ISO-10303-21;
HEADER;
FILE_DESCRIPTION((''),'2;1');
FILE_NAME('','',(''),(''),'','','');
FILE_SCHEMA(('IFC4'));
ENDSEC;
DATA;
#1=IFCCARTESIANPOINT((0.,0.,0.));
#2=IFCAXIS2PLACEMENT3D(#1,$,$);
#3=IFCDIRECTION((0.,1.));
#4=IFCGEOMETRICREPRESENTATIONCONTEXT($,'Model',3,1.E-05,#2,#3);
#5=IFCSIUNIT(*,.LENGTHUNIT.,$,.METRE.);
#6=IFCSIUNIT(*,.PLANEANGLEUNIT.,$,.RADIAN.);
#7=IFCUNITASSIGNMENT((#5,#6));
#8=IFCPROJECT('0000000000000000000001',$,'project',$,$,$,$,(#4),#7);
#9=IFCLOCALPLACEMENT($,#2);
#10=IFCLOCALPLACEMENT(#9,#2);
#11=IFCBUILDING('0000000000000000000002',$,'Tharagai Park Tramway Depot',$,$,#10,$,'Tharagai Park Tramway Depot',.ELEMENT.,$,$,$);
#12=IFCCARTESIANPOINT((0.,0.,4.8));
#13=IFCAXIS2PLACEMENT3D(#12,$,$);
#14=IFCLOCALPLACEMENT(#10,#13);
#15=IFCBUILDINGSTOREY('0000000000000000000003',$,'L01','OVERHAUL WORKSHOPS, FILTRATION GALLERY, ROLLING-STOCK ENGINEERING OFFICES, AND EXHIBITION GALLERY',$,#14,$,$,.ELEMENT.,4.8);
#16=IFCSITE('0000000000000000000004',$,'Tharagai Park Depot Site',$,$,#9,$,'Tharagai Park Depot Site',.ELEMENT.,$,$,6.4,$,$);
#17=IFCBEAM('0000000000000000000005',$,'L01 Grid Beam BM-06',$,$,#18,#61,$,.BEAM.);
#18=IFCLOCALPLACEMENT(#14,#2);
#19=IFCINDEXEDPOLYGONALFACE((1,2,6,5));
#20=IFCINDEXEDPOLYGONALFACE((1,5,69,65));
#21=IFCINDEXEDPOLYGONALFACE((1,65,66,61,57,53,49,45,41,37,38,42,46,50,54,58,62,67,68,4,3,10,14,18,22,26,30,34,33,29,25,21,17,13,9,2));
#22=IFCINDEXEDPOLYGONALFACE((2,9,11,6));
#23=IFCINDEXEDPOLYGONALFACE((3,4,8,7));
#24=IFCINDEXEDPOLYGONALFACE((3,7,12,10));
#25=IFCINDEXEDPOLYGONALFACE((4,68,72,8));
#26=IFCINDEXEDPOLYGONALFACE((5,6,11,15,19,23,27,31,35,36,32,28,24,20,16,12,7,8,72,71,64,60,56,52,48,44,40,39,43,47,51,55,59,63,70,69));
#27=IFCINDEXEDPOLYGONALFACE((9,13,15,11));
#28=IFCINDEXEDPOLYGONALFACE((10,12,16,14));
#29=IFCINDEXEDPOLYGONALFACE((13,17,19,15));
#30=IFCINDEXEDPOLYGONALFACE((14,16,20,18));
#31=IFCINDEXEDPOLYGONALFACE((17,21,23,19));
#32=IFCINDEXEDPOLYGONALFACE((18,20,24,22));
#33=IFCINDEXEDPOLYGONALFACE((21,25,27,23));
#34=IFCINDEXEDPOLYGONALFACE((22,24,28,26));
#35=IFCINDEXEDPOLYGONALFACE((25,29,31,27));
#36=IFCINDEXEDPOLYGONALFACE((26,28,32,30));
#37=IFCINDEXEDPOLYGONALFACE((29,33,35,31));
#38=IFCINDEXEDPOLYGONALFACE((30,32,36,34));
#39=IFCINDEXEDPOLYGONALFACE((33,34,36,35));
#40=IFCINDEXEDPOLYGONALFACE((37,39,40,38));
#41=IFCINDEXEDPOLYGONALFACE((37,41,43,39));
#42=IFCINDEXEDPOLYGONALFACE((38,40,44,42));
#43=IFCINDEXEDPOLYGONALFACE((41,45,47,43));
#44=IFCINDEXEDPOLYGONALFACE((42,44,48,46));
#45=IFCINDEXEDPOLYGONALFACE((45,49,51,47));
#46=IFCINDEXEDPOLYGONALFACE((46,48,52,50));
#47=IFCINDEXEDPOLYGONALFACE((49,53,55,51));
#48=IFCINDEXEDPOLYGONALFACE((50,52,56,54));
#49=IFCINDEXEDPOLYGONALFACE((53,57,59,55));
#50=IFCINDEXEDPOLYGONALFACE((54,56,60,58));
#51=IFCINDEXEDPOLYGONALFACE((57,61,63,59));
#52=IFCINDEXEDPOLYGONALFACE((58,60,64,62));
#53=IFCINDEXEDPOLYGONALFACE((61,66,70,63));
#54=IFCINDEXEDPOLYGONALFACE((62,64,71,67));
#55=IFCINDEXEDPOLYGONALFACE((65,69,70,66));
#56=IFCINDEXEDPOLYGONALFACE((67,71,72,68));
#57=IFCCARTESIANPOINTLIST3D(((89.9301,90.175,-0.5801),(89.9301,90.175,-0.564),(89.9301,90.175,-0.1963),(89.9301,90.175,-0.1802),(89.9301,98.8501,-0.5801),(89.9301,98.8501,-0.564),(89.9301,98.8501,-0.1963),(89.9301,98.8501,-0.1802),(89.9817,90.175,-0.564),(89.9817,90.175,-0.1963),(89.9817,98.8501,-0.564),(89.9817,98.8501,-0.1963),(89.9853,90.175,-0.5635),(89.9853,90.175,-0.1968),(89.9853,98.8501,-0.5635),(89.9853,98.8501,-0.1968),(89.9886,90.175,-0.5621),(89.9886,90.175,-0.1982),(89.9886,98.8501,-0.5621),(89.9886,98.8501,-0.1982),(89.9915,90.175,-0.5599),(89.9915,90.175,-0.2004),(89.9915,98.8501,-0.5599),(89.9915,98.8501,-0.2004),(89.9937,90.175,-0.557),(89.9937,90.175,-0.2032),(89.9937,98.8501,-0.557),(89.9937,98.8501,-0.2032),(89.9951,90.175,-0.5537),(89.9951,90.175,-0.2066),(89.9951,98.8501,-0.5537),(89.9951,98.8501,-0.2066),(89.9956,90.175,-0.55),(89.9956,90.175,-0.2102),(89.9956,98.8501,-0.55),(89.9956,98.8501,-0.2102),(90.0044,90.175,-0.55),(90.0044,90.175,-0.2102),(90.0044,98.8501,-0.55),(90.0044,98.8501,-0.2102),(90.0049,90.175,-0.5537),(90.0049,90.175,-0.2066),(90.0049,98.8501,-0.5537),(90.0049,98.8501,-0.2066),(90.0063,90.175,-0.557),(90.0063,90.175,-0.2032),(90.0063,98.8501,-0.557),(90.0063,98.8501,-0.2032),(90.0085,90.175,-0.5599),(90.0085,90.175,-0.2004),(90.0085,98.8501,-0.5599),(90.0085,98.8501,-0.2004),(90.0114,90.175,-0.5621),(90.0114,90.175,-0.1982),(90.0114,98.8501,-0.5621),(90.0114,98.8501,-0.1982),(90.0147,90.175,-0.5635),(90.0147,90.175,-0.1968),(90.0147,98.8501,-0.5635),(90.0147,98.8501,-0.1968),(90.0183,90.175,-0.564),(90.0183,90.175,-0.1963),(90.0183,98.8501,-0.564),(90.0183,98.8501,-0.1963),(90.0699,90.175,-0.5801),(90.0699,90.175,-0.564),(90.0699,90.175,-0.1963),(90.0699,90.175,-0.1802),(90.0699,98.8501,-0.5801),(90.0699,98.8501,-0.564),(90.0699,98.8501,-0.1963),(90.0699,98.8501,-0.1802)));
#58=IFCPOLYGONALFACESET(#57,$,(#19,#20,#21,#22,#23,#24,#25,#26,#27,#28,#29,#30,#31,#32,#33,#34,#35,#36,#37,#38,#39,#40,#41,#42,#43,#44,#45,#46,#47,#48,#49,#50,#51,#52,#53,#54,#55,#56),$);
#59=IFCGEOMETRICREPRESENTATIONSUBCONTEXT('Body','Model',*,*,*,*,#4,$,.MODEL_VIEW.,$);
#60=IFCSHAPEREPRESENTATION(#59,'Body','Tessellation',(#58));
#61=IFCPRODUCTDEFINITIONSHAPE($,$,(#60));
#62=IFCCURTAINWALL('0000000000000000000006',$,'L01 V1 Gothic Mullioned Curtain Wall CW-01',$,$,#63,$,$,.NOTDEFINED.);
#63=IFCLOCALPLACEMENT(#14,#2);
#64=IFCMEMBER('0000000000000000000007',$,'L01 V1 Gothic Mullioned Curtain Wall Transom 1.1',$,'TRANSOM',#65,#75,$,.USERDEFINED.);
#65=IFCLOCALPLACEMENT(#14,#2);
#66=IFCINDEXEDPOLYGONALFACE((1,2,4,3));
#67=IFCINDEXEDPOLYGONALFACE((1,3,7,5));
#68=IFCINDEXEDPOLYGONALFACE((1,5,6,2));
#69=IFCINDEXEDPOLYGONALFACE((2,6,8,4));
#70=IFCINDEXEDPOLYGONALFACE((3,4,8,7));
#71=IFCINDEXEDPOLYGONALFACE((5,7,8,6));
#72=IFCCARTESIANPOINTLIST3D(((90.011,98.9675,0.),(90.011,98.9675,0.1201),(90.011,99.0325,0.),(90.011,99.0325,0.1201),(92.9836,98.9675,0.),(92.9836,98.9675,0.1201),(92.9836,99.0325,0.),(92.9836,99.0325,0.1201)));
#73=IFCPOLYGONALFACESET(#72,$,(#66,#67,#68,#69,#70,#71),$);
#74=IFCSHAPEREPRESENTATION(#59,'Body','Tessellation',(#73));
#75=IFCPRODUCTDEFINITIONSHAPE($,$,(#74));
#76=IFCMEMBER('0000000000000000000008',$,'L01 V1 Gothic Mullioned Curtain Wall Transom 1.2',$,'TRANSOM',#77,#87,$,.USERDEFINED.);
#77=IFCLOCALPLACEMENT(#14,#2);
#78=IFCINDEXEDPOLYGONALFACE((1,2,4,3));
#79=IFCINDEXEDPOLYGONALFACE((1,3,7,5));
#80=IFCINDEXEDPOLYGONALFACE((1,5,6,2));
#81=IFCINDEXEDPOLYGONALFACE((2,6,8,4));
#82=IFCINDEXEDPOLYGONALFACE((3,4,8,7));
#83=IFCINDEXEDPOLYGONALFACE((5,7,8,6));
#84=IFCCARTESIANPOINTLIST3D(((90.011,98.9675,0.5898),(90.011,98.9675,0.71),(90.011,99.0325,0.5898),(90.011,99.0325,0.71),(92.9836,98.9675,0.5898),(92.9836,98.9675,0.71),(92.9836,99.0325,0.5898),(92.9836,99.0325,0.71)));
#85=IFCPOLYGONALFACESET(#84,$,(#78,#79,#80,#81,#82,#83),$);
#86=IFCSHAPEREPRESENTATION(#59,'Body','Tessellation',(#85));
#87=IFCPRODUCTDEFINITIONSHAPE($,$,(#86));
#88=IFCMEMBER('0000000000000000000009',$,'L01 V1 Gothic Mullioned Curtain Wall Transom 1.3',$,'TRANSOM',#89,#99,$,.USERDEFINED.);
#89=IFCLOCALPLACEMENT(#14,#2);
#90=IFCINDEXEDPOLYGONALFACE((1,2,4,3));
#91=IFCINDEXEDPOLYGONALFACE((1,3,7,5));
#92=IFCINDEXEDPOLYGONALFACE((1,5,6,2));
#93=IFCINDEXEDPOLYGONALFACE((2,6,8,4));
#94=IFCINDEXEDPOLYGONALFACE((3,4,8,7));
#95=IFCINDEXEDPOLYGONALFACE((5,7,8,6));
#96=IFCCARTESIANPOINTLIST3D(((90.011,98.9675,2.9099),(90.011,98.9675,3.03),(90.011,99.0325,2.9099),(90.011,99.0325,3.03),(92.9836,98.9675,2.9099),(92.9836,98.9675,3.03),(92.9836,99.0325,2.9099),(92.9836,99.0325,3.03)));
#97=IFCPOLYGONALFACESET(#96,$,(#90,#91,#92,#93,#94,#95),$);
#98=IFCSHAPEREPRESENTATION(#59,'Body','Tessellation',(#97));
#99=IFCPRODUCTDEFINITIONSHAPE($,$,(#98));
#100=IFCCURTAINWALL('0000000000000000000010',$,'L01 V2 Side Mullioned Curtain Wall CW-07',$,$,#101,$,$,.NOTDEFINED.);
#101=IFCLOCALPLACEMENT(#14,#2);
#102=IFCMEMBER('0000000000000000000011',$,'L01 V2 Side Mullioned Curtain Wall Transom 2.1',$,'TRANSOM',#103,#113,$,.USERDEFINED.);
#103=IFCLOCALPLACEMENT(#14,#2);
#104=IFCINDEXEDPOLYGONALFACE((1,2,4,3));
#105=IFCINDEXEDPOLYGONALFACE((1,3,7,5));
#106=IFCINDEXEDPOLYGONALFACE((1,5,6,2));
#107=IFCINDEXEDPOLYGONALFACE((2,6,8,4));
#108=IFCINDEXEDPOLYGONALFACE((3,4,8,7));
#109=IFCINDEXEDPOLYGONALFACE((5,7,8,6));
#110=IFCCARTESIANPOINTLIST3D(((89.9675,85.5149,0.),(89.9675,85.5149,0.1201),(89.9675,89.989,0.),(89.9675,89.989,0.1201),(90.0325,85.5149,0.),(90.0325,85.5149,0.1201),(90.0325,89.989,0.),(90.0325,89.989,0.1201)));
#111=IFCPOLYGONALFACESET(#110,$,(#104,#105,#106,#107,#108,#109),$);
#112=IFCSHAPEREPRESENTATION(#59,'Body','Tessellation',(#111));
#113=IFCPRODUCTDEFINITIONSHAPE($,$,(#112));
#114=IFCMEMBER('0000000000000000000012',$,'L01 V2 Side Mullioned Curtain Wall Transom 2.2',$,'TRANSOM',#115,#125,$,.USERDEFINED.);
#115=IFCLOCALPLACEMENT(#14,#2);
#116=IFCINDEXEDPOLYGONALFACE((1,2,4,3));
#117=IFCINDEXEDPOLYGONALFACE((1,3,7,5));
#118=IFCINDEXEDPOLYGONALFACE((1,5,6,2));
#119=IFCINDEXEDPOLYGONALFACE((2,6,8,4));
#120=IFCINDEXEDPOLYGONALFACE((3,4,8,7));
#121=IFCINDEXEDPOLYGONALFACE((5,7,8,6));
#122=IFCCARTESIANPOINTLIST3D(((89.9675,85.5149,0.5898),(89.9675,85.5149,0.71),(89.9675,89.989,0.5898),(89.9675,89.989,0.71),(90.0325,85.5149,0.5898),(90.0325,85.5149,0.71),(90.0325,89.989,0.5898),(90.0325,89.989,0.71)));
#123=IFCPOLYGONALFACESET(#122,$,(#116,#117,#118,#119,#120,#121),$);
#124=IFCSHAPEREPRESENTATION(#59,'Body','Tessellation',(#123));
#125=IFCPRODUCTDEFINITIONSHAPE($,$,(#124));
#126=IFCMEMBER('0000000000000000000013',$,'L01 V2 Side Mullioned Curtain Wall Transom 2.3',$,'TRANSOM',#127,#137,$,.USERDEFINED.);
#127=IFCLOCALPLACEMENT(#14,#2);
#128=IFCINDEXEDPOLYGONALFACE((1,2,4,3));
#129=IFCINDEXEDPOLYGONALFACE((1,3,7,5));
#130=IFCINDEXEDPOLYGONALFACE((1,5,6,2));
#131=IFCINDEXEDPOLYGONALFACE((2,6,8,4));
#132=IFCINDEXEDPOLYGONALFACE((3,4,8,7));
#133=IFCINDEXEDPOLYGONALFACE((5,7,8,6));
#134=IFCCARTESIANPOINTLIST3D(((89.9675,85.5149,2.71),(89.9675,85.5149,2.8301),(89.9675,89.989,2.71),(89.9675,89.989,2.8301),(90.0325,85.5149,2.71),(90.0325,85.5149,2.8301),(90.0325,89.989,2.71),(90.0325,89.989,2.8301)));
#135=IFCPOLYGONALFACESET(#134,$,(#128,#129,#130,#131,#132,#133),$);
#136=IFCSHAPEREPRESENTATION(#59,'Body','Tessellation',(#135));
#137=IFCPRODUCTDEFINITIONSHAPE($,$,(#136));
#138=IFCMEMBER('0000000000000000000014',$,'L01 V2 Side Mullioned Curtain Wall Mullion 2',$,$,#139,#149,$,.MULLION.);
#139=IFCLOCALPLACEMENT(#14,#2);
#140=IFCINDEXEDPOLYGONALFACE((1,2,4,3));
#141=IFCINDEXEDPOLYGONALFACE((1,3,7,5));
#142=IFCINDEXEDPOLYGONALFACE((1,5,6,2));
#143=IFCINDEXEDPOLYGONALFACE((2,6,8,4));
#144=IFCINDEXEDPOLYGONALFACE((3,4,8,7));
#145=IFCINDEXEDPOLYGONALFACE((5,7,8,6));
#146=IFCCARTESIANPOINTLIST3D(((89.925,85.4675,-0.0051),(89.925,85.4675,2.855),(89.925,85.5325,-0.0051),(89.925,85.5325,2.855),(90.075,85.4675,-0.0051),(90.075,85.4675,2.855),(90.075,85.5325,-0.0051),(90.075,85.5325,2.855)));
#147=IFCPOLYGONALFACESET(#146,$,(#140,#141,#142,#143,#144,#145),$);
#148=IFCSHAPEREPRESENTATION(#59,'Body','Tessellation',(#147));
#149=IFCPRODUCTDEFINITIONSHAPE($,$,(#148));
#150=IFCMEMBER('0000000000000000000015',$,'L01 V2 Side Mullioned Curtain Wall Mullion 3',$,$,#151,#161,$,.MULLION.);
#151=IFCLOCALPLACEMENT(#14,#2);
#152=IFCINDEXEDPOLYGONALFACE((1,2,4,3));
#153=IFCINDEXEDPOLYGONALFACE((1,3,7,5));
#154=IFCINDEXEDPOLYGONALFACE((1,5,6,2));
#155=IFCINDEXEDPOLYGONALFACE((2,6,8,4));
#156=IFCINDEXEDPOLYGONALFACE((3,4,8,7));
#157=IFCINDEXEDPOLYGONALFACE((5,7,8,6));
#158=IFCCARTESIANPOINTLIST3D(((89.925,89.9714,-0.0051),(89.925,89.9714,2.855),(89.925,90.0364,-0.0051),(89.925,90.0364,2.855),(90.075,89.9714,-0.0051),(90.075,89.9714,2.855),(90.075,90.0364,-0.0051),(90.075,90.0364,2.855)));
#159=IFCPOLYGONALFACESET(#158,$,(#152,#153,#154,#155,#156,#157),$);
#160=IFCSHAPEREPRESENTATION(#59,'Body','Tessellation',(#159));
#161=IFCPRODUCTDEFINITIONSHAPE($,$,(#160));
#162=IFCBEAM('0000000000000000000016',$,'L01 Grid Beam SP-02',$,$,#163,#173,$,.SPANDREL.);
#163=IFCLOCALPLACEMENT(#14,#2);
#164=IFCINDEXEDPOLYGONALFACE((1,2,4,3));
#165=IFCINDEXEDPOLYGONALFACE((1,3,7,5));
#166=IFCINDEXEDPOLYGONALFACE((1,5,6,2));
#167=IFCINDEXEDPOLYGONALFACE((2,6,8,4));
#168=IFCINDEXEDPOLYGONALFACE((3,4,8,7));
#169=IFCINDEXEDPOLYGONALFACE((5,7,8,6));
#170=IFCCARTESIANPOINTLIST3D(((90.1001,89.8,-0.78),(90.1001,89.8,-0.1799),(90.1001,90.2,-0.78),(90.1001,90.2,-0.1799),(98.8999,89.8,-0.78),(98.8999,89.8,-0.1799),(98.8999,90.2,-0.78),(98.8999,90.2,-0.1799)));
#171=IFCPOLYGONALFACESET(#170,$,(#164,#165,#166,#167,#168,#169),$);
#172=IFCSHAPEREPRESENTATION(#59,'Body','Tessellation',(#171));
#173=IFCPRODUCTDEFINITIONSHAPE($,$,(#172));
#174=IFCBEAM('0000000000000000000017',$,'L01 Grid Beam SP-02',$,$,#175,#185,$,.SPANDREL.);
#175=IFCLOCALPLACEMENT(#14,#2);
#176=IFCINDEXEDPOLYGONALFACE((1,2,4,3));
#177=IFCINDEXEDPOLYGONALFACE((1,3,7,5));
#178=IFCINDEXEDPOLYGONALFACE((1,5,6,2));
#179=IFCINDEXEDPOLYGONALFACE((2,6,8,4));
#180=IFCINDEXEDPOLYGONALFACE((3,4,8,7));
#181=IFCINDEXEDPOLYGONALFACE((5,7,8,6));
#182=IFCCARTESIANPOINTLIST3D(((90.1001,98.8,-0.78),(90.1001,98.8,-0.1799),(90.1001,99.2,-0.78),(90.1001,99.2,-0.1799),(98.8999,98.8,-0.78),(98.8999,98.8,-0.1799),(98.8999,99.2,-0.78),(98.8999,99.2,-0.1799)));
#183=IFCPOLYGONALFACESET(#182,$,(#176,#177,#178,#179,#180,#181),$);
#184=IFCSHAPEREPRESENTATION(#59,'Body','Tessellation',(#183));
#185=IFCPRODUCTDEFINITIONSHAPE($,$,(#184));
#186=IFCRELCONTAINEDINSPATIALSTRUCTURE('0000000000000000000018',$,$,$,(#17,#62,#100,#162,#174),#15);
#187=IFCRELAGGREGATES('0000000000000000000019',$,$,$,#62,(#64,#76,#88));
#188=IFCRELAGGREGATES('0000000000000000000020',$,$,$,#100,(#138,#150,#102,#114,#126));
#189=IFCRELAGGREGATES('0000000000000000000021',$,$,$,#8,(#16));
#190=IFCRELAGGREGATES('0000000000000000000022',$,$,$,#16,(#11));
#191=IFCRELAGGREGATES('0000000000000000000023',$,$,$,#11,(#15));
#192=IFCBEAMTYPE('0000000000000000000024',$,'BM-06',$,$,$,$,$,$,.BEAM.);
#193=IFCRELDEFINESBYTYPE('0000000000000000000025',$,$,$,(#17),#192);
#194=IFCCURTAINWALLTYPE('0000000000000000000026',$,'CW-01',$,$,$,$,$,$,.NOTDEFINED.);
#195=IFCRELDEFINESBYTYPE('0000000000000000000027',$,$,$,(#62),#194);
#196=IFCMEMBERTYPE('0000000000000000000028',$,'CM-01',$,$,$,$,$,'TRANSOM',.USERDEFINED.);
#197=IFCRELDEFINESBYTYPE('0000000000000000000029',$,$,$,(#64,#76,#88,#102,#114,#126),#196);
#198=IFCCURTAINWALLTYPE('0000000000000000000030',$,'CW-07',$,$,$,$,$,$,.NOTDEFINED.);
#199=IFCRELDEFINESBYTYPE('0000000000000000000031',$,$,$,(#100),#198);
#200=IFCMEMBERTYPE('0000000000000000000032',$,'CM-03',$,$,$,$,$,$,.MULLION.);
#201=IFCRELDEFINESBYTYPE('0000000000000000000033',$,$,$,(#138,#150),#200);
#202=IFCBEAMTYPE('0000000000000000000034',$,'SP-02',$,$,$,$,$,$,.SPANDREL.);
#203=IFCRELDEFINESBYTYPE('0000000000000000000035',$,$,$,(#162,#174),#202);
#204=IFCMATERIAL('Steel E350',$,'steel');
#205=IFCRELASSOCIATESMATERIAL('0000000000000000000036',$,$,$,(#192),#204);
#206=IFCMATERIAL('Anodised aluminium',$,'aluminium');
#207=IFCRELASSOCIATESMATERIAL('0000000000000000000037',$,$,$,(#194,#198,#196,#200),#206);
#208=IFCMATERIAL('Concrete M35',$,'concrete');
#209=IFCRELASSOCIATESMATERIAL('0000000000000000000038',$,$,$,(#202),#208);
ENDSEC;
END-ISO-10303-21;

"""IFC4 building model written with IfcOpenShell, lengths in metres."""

from ifc_helpers import new_model, si_unit, direction, frame, origin, origin_2d, place, context, subcontext, project, spatial, rectangle, i_section, extrude, material, material_profile, profile_set, type_object, element, aggregate, save


model = new_model("IFC4")

# Units and contexts
model_context = context("Model", 3, precision=1e-05, world=origin(), true_north=direction((0.0, 1.0)))
body_context = subcontext(model_context, "Body", "Model", "MODEL_VIEW")
ifc_project = project(units=[si_unit("LENGTHUNIT", "METRE"), si_unit("PLANEANGLEUNIT", "RADIAN")], contexts=[model_context])

# Site, building, storey
site_placement = place(None, origin())
site = spatial("IfcSite", under=ifc_project, at=site_placement, Name="Tharagai Park Depot Site", LongName="Tharagai Park Depot Site", CompositionType="ELEMENT", RefElevation=6.4)
building_placement = place(site_placement, origin())
building = spatial("IfcBuilding", under=site, at=building_placement, Name="Tharagai Park Tramway Depot", LongName="Tharagai Park Tramway Depot", CompositionType="ELEMENT")
storey_placement = place(building_placement, frame((0.0, 0.0, 4.8)))
storey = spatial("IfcBuildingStorey", under=building, at=storey_placement, Name="L01", Description="OVERHAUL WORKSHOPS, FILTRATION GALLERY, ROLLING-STOCK ENGINEERING OFFICES, AND EXHIBITION GALLERY", CompositionType="ELEMENT", Elevation=4.8)

# Beam
ifc_material_1 = material(Name="Steel E350", Category="steel")
ifc_material_profile_1 = material_profile(ifc_material_1, i_section(OverallWidth=0.1399, OverallDepth=0.3999, WebThickness=0.0088, FlangeThickness=0.0161, FilletRadius=0.0139, at=origin_2d()), Name="ISMB 400")
ifc_profile_set_1 = profile_set([ifc_material_profile_1], Name="Steel E350")
beam_type_1 = type_object("IfcBeamType", Name="BM-06", PredefinedType="BEAM", material=ifc_profile_set_1)
beam_1_placement = place(storey_placement, frame((90.0, 90.175, -0.3801), z_axis=(0.0, 1.0, 0.0), x_axis=(-1.0, 0.0, 0.0)))
element("IfcBeam", 1, at=beam_1_placement, inside=storey, type_object=beam_type_1, Name="L01 Grid Beam BM-06", PredefinedType="BEAM", context=body_context, shape_type="SweptSolid", body=[
    extrude(i_section(OverallWidth=0.1399, OverallDepth=0.3999, WebThickness=0.0088, FlangeThickness=0.0161, FilletRadius=0.0139, at=origin_2d()), origin(), (0.0, 0.0, 1.0), 8.675),
])

# Curtain walls, members
ifc_material_2 = material(Name="Anodised aluminium", Category="aluminium")
curtain_wall_type_1 = type_object("IfcCurtainWallType", Name="CW-01", PredefinedType="NOTDEFINED", material=ifc_material_2)
curtain_wall_1_placement = place(storey_placement, origin())
curtain_wall_1 = element("IfcCurtainWall", 2, at=curtain_wall_1_placement, inside=storey, type_object=curtain_wall_type_1, Name="L01 V1 Gothic Mullioned Curtain Wall CW-01", PredefinedType="NOTDEFINED")
ifc_material_profile_2 = material_profile(ifc_material_2, rectangle(XDim=0.0649, YDim=0.1201, at=origin_2d()), Name="ALU 65x120")
ifc_profile_set_2 = profile_set([ifc_material_profile_2], Name="Anodised aluminium")
member_type_1 = type_object("IfcMemberType", Name="CM-01", ElementType="TRANSOM", PredefinedType="USERDEFINED", material=ifc_profile_set_2)
member_1_placement = place(storey_placement, frame((90.011, 99.0, 0.0601), z_axis=(1.0, 0.0, 0.0), x_axis=(0.0, 1.0, 0.0)))
member_1 = element("IfcMember", 3, at=member_1_placement, type_object=member_type_1, Name="L01 V1 Gothic Mullioned Curtain Wall Transom 1.1", ObjectType="TRANSOM", PredefinedType="USERDEFINED", context=body_context, shape_type="SweptSolid", body=[
    extrude(rectangle(XDim=0.0649, YDim=0.1201, at=origin_2d()), origin(), (0.0, 0.0, 1.0), 2.9727),
])
member_2_placement = place(storey_placement, frame((90.011, 99.0, 0.6499), z_axis=(1.0, 0.0, 0.0), x_axis=(0.0, 1.0, 0.0)))
member_2 = element("IfcMember", 4, at=member_2_placement, type_object=member_type_1, Name="L01 V1 Gothic Mullioned Curtain Wall Transom 1.2", ObjectType="TRANSOM", PredefinedType="USERDEFINED", context=body_context, shape_type="SweptSolid", body=[
    extrude(rectangle(XDim=0.0649, YDim=0.1201, at=origin_2d()), origin(), (0.0, 0.0, 1.0), 2.9727),
])
member_3_placement = place(storey_placement, frame((90.011, 99.0, 2.97), z_axis=(1.0, 0.0, 0.0), x_axis=(0.0, 1.0, 0.0)))
member_3 = element("IfcMember", 5, at=member_3_placement, type_object=member_type_1, Name="L01 V1 Gothic Mullioned Curtain Wall Transom 1.3", ObjectType="TRANSOM", PredefinedType="USERDEFINED", context=body_context, shape_type="SweptSolid", body=[
    extrude(rectangle(XDim=0.0649, YDim=0.1201, at=origin_2d()), origin(), (0.0, 0.0, 1.0), 2.9727),
])
curtain_wall_type_2 = type_object("IfcCurtainWallType", Name="CW-07", PredefinedType="NOTDEFINED", material=ifc_material_2)
curtain_wall_2_placement = place(storey_placement, origin())
curtain_wall_2 = element("IfcCurtainWall", 6, at=curtain_wall_2_placement, inside=storey, type_object=curtain_wall_type_2, Name="L01 V2 Side Mullioned Curtain Wall CW-07", PredefinedType="NOTDEFINED")
member_4_placement = place(storey_placement, frame((90.0, 85.5149, 0.0601), z_axis=(0.0, 1.0, 0.0), x_axis=(-1.0, 0.0, 0.0)))
member_4 = element("IfcMember", 7, at=member_4_placement, type_object=member_type_1, Name="L01 V2 Side Mullioned Curtain Wall Transom 2.1", ObjectType="TRANSOM", PredefinedType="USERDEFINED", context=body_context, shape_type="SweptSolid", body=[
    extrude(rectangle(XDim=0.0649, YDim=0.1201, at=origin_2d()), origin(), (0.0, 0.0, 1.0), 4.4741),
])
member_5_placement = place(storey_placement, frame((90.0, 85.5149, 0.6499), z_axis=(0.0, 1.0, 0.0), x_axis=(-1.0, 0.0, 0.0)))
member_5 = element("IfcMember", 8, at=member_5_placement, type_object=member_type_1, Name="L01 V2 Side Mullioned Curtain Wall Transom 2.2", ObjectType="TRANSOM", PredefinedType="USERDEFINED", context=body_context, shape_type="SweptSolid", body=[
    extrude(rectangle(XDim=0.0649, YDim=0.1201, at=origin_2d()), origin(), (0.0, 0.0, 1.0), 4.4741),
])
member_6_placement = place(storey_placement, frame((90.0, 85.5149, 2.77), z_axis=(0.0, 1.0, 0.0), x_axis=(-1.0, 0.0, 0.0)))
member_6 = element("IfcMember", 9, at=member_6_placement, type_object=member_type_1, Name="L01 V2 Side Mullioned Curtain Wall Transom 2.3", ObjectType="TRANSOM", PredefinedType="USERDEFINED", context=body_context, shape_type="SweptSolid", body=[
    extrude(rectangle(XDim=0.0649, YDim=0.1201, at=origin_2d()), origin(), (0.0, 0.0, 1.0), 4.4741),
])
ifc_material_profile_3 = material_profile(ifc_material_2, rectangle(XDim=0.0649, YDim=0.1499, at=origin_2d()), Name="ALU 65x150")
ifc_profile_set_3 = profile_set([ifc_material_profile_3], Name="Anodised aluminium")
member_type_2 = type_object("IfcMemberType", Name="CM-03", PredefinedType="MULLION", material=ifc_profile_set_3)
member_7_placement = place(storey_placement, frame((90.0, 85.5, -0.0051), z_axis=(0.0, 0.0, 1.0), x_axis=(0.0, 1.0, 0.0)))
member_7 = element("IfcMember", 10, at=member_7_placement, type_object=member_type_2, Name="L01 V2 Side Mullioned Curtain Wall Mullion 2", PredefinedType="MULLION", context=body_context, shape_type="SweptSolid", body=[
    extrude(rectangle(XDim=0.0649, YDim=0.1499, at=origin_2d()), origin(), (0.0, 0.0, 1.0), 2.8601),
])
member_8_placement = place(storey_placement, frame((90.0, 90.0039, -0.0051), z_axis=(0.0, 0.0, 1.0), x_axis=(0.0, 1.0, 0.0)))
member_8 = element("IfcMember", 11, at=member_8_placement, type_object=member_type_2, Name="L01 V2 Side Mullioned Curtain Wall Mullion 3", PredefinedType="MULLION", context=body_context, shape_type="SweptSolid", body=[
    extrude(rectangle(XDim=0.0649, YDim=0.1499, at=origin_2d()), origin(), (0.0, 0.0, 1.0), 2.8601),
])

# Beams
ifc_material_3 = material(Name="Concrete M35", Category="concrete")
ifc_material_profile_4 = material_profile(ifc_material_3, rectangle(XDim=0.3999, YDim=0.6001, at=origin_2d()), Name="RC 400x600")
ifc_profile_set_4 = profile_set([ifc_material_profile_4], Name="Concrete M35")
beam_type_2 = type_object("IfcBeamType", Name="SP-02", PredefinedType="SPANDREL", material=ifc_profile_set_4)
for number, where, z_axis, x_axis, name in (
    (12, (90.1001, 90.0, -0.48), (1.0, 0.0, 0.0), (0.0, 1.0, 0.0), "L01 Grid Beam SP-02"),
    (13, (90.1001, 99.0, -0.48), (1.0, 0.0, 0.0), (0.0, 1.0, 0.0), "L01 Grid Beam SP-02"),
):
    element("IfcBeam", number, at=place(storey_placement, frame(where, z_axis=z_axis, x_axis=x_axis)), inside=storey, type_object=beam_type_2, Name=name, PredefinedType="SPANDREL", context=body_context, shape_type="SweptSolid", body=[
        extrude(rectangle(XDim=0.3999, YDim=0.6001, at=origin_2d()), origin(), (0.0, 0.0, 1.0), 8.7998),
    ])

aggregate(curtain_wall_1, [member_1, member_2, member_3])
aggregate(curtain_wall_2, [member_7, member_8, member_4, member_5, member_6])

save(model, "model.ifc")
